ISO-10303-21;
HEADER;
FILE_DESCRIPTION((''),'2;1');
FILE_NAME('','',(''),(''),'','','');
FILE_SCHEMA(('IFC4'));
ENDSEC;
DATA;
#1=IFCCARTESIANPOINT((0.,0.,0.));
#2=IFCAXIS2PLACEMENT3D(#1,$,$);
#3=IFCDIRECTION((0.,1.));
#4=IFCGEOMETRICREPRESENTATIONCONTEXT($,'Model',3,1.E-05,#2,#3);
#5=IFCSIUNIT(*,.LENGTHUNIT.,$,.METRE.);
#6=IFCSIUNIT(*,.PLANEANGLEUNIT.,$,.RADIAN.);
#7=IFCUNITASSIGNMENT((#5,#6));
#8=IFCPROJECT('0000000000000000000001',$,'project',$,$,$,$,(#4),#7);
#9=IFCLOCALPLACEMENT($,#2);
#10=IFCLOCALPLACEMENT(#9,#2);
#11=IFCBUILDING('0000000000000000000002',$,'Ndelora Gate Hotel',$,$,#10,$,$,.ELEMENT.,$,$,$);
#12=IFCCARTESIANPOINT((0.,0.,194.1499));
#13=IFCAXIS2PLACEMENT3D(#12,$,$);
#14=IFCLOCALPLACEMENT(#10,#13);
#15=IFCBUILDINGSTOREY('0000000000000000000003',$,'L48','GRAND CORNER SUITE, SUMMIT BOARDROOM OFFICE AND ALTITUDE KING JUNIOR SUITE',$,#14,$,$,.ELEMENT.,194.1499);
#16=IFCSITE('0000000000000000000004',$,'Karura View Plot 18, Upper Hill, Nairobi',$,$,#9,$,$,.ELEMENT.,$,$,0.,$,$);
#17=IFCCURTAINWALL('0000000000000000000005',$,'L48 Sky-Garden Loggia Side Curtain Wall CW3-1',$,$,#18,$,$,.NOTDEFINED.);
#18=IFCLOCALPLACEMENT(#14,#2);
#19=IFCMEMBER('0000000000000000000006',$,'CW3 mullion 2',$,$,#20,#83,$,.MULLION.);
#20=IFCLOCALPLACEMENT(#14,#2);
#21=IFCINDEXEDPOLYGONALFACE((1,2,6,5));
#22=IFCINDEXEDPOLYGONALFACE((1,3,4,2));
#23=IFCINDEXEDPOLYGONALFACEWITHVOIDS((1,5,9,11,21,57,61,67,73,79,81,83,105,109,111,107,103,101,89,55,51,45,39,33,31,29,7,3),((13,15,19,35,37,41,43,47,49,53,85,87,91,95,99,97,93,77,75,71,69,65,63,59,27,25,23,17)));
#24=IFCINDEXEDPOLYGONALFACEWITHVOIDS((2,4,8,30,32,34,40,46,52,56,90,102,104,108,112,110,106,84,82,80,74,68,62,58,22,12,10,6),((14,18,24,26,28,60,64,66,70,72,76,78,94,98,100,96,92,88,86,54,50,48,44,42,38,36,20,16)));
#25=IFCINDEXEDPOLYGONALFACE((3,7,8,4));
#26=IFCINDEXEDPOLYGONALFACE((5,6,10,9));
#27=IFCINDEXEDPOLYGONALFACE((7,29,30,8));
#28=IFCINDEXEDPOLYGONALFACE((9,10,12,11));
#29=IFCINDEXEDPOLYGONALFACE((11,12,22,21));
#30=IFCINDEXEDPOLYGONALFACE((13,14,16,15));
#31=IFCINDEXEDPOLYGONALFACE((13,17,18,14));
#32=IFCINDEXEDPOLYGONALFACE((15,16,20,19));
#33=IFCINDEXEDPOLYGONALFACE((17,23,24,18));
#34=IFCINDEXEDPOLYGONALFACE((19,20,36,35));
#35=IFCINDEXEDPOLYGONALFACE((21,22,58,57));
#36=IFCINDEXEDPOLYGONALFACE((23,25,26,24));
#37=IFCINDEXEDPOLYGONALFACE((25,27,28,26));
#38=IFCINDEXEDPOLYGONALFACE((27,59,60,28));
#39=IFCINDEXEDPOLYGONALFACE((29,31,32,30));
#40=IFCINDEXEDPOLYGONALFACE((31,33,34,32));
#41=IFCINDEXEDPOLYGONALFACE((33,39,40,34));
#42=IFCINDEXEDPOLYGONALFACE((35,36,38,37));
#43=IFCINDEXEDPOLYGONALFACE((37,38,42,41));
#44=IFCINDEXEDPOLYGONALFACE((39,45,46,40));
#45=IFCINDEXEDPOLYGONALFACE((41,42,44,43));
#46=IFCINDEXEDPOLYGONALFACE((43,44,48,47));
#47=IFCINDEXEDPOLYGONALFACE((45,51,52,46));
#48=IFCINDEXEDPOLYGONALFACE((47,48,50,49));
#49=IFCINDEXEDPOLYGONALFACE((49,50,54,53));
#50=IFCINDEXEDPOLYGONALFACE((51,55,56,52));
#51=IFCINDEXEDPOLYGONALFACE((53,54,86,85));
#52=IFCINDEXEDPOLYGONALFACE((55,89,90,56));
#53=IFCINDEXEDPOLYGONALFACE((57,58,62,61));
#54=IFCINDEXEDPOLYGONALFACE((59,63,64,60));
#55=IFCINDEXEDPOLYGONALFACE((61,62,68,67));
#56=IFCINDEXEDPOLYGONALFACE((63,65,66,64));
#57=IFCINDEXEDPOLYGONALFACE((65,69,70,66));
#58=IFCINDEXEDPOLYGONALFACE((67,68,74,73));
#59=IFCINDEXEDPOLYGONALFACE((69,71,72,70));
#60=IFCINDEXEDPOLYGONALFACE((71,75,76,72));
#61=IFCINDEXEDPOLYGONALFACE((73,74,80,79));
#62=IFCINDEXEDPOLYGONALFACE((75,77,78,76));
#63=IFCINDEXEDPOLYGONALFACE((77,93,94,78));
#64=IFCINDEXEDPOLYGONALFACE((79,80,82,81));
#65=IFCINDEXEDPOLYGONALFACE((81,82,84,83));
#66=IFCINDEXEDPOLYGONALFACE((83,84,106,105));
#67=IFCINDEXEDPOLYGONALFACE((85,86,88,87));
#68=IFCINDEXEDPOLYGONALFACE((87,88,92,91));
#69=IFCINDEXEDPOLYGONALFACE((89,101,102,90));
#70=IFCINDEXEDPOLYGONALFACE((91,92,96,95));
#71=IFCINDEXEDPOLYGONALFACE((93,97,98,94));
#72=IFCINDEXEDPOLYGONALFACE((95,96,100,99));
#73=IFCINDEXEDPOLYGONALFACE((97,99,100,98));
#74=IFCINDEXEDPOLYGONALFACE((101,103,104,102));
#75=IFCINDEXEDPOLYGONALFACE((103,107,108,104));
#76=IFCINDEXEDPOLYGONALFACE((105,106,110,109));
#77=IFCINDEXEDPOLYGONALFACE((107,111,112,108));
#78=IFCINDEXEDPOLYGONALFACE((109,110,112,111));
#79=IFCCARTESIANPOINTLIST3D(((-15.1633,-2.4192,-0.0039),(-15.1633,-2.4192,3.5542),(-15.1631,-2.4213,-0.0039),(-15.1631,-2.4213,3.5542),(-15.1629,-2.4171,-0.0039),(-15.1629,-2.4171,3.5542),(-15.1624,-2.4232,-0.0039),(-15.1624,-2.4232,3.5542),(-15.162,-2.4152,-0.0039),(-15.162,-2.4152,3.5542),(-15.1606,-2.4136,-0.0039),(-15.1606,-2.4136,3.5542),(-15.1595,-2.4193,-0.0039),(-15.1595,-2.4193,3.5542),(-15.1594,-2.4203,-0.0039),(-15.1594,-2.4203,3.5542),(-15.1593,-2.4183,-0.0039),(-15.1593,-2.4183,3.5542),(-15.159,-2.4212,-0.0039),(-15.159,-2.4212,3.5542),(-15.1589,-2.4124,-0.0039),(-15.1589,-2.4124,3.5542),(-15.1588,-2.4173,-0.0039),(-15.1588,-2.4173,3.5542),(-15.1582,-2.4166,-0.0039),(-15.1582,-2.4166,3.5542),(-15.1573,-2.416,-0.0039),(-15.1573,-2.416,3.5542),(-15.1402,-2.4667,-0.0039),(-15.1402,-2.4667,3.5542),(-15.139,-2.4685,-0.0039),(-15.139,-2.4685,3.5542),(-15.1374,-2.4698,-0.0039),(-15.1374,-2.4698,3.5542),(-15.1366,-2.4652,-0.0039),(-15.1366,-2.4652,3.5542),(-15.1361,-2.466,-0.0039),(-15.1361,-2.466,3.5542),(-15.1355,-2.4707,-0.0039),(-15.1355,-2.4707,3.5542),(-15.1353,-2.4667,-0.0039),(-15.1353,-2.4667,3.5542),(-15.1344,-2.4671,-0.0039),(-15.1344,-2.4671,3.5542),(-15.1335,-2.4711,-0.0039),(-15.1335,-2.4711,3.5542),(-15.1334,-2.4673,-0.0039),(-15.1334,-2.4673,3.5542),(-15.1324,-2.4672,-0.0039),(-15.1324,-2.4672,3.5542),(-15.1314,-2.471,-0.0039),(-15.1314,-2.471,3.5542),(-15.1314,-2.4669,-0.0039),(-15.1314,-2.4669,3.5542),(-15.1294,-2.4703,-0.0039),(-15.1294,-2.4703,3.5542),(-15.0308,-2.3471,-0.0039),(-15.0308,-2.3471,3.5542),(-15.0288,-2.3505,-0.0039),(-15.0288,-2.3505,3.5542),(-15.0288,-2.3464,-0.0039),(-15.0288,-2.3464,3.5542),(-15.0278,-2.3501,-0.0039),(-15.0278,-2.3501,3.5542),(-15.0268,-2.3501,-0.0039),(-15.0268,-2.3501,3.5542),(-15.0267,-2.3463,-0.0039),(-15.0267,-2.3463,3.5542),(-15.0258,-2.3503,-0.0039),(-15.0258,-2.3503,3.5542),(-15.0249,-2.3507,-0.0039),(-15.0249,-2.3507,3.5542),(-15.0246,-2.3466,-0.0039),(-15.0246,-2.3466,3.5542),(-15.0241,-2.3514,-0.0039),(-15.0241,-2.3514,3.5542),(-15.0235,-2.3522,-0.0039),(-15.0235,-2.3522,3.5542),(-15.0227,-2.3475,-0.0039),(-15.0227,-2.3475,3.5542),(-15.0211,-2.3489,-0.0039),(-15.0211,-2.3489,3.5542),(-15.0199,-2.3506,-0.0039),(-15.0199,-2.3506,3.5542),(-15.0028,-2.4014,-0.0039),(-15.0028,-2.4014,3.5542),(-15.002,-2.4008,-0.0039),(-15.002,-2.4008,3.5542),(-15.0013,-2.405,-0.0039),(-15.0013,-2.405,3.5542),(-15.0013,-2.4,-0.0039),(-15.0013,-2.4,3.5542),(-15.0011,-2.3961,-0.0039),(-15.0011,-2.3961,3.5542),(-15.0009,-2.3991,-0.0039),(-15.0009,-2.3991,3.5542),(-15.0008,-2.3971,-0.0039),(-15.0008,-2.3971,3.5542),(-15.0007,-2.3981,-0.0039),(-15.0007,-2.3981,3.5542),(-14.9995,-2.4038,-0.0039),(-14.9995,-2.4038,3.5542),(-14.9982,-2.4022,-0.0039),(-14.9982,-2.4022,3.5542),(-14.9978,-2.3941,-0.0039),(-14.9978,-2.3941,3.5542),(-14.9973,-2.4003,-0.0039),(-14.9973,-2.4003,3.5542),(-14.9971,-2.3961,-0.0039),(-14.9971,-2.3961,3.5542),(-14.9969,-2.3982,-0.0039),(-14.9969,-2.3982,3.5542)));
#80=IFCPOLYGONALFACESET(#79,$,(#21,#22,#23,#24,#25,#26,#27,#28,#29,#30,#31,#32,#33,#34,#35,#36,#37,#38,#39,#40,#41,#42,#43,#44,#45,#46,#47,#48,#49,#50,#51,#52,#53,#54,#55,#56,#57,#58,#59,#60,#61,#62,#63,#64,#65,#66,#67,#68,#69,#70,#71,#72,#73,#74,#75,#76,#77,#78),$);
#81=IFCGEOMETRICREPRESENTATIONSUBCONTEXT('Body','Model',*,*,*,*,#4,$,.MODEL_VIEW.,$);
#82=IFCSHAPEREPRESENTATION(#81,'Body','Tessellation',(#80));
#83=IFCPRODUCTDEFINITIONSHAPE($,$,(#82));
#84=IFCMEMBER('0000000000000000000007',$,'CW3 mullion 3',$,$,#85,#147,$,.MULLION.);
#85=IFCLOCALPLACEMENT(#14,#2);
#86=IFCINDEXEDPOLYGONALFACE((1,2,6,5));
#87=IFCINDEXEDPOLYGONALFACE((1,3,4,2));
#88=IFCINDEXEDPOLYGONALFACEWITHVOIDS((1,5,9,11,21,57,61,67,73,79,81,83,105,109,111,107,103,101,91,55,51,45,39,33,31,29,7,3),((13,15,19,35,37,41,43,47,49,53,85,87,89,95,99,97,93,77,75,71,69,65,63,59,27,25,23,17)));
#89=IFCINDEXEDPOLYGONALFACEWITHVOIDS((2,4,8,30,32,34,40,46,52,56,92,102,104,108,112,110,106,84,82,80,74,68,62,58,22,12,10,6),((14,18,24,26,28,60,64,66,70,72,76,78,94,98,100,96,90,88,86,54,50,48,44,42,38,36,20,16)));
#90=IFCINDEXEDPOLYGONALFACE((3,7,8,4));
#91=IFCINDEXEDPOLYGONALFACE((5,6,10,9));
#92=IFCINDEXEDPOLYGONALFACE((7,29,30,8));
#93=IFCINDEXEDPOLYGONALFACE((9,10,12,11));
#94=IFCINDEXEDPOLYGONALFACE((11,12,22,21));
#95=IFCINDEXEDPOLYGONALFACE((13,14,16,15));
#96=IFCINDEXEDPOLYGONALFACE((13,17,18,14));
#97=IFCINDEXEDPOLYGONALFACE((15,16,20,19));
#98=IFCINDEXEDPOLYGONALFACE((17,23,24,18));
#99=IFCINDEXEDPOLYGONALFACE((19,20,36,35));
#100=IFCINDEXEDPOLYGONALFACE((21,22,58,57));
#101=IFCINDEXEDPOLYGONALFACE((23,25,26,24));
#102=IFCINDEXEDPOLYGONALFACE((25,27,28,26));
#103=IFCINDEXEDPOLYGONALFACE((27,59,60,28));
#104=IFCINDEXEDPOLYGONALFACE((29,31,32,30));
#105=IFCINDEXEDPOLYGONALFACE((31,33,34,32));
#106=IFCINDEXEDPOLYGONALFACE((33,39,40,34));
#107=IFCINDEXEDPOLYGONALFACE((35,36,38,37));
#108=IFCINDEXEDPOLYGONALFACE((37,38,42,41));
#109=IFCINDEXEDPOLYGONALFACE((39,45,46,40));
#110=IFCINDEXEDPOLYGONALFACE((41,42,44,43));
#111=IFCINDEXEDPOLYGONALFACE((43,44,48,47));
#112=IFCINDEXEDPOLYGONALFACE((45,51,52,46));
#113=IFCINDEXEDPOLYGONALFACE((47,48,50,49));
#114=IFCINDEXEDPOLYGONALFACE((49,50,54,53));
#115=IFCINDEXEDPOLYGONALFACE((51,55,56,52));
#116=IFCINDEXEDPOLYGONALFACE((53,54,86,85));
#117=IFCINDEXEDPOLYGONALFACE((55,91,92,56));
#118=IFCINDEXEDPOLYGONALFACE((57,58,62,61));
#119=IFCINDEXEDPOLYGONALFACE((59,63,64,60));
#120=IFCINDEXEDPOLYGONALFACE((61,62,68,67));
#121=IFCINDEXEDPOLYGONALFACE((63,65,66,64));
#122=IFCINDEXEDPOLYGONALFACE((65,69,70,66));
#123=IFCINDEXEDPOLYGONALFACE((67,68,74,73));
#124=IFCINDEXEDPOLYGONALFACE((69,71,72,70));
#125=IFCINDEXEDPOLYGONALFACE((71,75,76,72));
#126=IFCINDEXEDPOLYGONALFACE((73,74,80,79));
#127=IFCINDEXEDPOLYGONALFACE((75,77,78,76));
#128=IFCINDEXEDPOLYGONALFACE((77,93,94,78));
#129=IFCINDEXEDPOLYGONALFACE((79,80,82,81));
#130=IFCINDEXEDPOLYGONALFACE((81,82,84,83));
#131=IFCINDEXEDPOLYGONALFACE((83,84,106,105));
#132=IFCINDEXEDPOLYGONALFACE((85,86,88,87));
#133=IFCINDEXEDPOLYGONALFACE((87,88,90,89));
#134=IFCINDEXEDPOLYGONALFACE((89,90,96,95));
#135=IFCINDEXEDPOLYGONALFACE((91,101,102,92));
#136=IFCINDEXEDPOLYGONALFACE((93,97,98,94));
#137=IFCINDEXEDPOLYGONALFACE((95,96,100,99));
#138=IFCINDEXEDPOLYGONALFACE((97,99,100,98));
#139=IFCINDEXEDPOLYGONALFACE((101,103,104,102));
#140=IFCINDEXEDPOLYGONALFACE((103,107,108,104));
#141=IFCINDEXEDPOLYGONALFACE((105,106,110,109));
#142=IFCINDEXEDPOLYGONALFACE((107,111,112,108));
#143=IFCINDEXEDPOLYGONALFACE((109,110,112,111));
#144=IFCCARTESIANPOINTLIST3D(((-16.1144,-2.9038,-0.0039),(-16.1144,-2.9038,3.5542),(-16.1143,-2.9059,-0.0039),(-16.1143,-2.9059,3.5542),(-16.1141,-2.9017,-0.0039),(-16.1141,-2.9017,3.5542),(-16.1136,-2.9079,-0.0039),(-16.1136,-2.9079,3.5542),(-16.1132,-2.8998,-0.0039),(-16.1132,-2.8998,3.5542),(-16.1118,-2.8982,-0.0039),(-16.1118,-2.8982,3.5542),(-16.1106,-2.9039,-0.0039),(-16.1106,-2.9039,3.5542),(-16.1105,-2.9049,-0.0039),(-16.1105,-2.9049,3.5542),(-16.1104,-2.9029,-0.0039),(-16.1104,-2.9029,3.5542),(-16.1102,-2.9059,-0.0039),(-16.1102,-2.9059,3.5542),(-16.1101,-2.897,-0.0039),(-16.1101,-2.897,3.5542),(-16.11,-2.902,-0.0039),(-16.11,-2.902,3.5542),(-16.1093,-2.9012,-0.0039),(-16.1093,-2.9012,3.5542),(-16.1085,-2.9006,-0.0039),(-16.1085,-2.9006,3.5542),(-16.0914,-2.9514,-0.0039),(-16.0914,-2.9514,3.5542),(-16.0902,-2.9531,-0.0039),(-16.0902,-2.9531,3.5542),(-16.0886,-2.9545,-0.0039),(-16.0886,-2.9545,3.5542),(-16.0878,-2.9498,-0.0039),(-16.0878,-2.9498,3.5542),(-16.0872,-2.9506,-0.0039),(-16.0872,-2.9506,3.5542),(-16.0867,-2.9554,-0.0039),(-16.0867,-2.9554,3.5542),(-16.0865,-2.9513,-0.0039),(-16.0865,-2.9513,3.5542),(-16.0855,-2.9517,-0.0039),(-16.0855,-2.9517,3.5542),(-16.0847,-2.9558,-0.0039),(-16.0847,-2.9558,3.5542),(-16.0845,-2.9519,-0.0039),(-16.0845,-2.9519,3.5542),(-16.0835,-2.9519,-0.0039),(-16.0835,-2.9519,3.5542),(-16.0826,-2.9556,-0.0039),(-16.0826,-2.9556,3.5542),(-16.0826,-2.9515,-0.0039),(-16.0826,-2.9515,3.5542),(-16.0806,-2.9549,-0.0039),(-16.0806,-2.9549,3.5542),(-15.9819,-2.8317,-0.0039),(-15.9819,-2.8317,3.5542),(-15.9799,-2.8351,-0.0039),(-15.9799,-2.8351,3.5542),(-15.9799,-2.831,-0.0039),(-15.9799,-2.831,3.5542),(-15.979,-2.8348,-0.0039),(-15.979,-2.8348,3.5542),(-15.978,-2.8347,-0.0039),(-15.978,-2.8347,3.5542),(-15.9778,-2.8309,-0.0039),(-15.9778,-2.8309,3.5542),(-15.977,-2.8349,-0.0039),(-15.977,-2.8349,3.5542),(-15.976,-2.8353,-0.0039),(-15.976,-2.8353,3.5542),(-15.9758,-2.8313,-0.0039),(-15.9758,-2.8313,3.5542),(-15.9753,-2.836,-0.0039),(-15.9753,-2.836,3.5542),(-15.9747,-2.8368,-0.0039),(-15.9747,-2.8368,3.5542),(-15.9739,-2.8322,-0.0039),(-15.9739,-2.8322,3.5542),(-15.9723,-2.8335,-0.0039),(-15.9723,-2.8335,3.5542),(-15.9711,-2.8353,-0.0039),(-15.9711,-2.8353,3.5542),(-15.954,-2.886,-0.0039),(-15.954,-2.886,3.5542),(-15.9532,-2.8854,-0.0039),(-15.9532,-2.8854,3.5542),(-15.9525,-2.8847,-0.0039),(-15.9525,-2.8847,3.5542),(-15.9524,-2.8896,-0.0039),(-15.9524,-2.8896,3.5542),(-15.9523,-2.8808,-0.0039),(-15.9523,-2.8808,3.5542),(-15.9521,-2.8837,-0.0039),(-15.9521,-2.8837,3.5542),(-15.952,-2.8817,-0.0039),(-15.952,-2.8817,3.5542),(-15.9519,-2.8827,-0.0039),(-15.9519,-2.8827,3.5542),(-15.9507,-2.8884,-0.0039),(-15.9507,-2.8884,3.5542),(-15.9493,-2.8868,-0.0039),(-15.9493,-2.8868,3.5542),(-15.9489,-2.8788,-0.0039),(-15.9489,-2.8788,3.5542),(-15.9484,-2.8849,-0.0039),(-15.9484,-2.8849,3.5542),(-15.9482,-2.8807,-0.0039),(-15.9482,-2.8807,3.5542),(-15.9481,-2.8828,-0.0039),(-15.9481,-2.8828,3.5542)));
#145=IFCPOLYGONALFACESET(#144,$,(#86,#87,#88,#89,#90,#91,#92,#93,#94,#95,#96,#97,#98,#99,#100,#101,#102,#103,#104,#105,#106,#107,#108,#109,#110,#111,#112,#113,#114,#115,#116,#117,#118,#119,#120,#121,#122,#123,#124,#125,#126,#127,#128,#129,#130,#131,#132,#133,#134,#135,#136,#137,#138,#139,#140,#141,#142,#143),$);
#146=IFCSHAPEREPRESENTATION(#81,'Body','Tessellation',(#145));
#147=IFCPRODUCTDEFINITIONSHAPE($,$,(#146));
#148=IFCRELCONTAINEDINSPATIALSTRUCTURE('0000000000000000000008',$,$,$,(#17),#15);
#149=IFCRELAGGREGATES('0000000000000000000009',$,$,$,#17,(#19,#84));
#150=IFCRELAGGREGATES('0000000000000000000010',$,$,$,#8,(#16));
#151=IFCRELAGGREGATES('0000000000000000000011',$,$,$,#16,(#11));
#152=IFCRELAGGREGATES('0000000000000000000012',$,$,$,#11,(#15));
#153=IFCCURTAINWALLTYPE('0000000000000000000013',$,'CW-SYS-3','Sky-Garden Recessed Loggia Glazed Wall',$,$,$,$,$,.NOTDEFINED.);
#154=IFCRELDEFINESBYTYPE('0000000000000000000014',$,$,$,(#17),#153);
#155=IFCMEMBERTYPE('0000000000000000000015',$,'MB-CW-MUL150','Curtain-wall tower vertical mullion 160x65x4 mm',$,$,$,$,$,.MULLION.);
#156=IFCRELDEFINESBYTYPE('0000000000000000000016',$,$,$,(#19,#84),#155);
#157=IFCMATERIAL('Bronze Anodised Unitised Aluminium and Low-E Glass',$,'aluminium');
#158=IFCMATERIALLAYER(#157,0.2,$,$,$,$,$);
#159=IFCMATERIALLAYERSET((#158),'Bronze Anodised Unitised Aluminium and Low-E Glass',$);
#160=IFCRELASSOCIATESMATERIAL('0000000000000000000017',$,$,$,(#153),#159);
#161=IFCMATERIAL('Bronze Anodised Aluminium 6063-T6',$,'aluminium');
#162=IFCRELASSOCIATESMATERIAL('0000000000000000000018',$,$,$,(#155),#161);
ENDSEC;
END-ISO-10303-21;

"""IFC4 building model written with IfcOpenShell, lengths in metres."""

from ifc_helpers import new_model, si_unit, direction, frame, origin, origin_2d, place, context, subcontext, project, spatial, hollow_rectangle, extrude, material, layer, layer_set, material_profile, profile_set, type_object, element, aggregate, save


model = new_model("IFC4")

# Units and contexts
model_context = context("Model", 3, precision=1e-05, world=origin(), true_north=direction((0.0, 1.0)))
body_context = subcontext(model_context, "Body", "Model", "MODEL_VIEW")
ifc_project = project(units=[si_unit("LENGTHUNIT", "METRE"), si_unit("PLANEANGLEUNIT", "RADIAN")], contexts=[model_context])

# Site, building, storey
site_placement = place(None, origin())
site = spatial("IfcSite", under=ifc_project, at=site_placement, Name="Karura View Plot 18, Upper Hill, Nairobi", CompositionType="ELEMENT", RefElevation=0.0)
building_placement = place(site_placement, origin())
building = spatial("IfcBuilding", under=site, at=building_placement, Name="Ndelora Gate Hotel", CompositionType="ELEMENT")
storey_placement = place(building_placement, frame((0.0, 0.0, 194.1499)))
storey = spatial("IfcBuildingStorey", under=building, at=storey_placement, Name="L48", Description="GRAND CORNER SUITE, SUMMIT BOARDROOM OFFICE AND ALTITUDE KING JUNIOR SUITE", CompositionType="ELEMENT", Elevation=194.1499)

# Curtain wall, members
ifc_material_1 = material(Name="Bronze Anodised Unitised Aluminium and Low-E Glass", Category="aluminium")
ifc_layer_1 = layer(ifc_material_1, 0.2)
ifc_layer_set_1 = layer_set([ifc_layer_1], Name="Bronze Anodised Unitised Aluminium and Low-E Glass")
curtain_wall_type = type_object("IfcCurtainWallType", Name="CW-SYS-3", Description="Sky-Garden Recessed Loggia Glazed Wall", PredefinedType="NOTDEFINED", material=ifc_layer_set_1)
curtain_wall_placement = place(storey_placement, origin())
curtain_wall = element("IfcCurtainWall", 1, at=curtain_wall_placement, inside=storey, type_object=curtain_wall_type, Name="L48 Sky-Garden Loggia Side Curtain Wall CW3-1", PredefinedType="NOTDEFINED")
ifc_material_2 = material(Name="Bronze Anodised Aluminium 6063-T6", Category="aluminium")
ifc_material_profile_1 = material_profile(ifc_material_2, hollow_rectangle(XDim=0.0649, YDim=0.1599, WallThickness=0.0039, InnerFilletRadius=0.0039, OuterFilletRadius=0.0081, at=origin_2d()), Name="ALU 160x65x4")
ifc_profile_set_1 = profile_set([ifc_material_profile_1], Name="Bronze Anodised Aluminium 6063-T6")
member_type_1 = type_object("IfcMemberType", Name="MB-CW-MUL150", Description="Curtain-wall tower vertical mullion 160x65x4 mm", PredefinedType="MULLION", material=ifc_profile_set_1)
member_1_placement = place(storey_placement, frame((-15.0801, -2.4087, -0.0039), z_axis=(0.0, 0.0, 1.0), x_axis=(0.454001, -0.891001, 0.0)))
member_1 = element("IfcMember", 2, at=member_1_placement, type_object=member_type_1, Name="CW3 mullion 2", PredefinedType="MULLION", context=body_context, shape_type="SweptSolid", body=[
    extrude(hollow_rectangle(XDim=0.0649, YDim=0.1599, WallThickness=0.0039, InnerFilletRadius=0.0039, OuterFilletRadius=0.0081, at=origin_2d()), origin(), (0.0, 0.0, 1.0), 3.5581),
])
member_2_placement = place(storey_placement, frame((-16.0312, -2.8933, -0.0039), z_axis=(0.0, 0.0, 1.0), x_axis=(0.454001, -0.891001, 0.0)))
member_2 = element("IfcMember", 3, at=member_2_placement, type_object=member_type_1, Name="CW3 mullion 3", PredefinedType="MULLION", context=body_context, shape_type="SweptSolid", body=[
    extrude(hollow_rectangle(XDim=0.0649, YDim=0.1599, WallThickness=0.0039, InnerFilletRadius=0.0039, OuterFilletRadius=0.0081, at=origin_2d()), origin(), (0.0, 0.0, 1.0), 3.5581),
])
aggregate(curtain_wall, [member_1, member_2])

save(model, "model.ifc")
